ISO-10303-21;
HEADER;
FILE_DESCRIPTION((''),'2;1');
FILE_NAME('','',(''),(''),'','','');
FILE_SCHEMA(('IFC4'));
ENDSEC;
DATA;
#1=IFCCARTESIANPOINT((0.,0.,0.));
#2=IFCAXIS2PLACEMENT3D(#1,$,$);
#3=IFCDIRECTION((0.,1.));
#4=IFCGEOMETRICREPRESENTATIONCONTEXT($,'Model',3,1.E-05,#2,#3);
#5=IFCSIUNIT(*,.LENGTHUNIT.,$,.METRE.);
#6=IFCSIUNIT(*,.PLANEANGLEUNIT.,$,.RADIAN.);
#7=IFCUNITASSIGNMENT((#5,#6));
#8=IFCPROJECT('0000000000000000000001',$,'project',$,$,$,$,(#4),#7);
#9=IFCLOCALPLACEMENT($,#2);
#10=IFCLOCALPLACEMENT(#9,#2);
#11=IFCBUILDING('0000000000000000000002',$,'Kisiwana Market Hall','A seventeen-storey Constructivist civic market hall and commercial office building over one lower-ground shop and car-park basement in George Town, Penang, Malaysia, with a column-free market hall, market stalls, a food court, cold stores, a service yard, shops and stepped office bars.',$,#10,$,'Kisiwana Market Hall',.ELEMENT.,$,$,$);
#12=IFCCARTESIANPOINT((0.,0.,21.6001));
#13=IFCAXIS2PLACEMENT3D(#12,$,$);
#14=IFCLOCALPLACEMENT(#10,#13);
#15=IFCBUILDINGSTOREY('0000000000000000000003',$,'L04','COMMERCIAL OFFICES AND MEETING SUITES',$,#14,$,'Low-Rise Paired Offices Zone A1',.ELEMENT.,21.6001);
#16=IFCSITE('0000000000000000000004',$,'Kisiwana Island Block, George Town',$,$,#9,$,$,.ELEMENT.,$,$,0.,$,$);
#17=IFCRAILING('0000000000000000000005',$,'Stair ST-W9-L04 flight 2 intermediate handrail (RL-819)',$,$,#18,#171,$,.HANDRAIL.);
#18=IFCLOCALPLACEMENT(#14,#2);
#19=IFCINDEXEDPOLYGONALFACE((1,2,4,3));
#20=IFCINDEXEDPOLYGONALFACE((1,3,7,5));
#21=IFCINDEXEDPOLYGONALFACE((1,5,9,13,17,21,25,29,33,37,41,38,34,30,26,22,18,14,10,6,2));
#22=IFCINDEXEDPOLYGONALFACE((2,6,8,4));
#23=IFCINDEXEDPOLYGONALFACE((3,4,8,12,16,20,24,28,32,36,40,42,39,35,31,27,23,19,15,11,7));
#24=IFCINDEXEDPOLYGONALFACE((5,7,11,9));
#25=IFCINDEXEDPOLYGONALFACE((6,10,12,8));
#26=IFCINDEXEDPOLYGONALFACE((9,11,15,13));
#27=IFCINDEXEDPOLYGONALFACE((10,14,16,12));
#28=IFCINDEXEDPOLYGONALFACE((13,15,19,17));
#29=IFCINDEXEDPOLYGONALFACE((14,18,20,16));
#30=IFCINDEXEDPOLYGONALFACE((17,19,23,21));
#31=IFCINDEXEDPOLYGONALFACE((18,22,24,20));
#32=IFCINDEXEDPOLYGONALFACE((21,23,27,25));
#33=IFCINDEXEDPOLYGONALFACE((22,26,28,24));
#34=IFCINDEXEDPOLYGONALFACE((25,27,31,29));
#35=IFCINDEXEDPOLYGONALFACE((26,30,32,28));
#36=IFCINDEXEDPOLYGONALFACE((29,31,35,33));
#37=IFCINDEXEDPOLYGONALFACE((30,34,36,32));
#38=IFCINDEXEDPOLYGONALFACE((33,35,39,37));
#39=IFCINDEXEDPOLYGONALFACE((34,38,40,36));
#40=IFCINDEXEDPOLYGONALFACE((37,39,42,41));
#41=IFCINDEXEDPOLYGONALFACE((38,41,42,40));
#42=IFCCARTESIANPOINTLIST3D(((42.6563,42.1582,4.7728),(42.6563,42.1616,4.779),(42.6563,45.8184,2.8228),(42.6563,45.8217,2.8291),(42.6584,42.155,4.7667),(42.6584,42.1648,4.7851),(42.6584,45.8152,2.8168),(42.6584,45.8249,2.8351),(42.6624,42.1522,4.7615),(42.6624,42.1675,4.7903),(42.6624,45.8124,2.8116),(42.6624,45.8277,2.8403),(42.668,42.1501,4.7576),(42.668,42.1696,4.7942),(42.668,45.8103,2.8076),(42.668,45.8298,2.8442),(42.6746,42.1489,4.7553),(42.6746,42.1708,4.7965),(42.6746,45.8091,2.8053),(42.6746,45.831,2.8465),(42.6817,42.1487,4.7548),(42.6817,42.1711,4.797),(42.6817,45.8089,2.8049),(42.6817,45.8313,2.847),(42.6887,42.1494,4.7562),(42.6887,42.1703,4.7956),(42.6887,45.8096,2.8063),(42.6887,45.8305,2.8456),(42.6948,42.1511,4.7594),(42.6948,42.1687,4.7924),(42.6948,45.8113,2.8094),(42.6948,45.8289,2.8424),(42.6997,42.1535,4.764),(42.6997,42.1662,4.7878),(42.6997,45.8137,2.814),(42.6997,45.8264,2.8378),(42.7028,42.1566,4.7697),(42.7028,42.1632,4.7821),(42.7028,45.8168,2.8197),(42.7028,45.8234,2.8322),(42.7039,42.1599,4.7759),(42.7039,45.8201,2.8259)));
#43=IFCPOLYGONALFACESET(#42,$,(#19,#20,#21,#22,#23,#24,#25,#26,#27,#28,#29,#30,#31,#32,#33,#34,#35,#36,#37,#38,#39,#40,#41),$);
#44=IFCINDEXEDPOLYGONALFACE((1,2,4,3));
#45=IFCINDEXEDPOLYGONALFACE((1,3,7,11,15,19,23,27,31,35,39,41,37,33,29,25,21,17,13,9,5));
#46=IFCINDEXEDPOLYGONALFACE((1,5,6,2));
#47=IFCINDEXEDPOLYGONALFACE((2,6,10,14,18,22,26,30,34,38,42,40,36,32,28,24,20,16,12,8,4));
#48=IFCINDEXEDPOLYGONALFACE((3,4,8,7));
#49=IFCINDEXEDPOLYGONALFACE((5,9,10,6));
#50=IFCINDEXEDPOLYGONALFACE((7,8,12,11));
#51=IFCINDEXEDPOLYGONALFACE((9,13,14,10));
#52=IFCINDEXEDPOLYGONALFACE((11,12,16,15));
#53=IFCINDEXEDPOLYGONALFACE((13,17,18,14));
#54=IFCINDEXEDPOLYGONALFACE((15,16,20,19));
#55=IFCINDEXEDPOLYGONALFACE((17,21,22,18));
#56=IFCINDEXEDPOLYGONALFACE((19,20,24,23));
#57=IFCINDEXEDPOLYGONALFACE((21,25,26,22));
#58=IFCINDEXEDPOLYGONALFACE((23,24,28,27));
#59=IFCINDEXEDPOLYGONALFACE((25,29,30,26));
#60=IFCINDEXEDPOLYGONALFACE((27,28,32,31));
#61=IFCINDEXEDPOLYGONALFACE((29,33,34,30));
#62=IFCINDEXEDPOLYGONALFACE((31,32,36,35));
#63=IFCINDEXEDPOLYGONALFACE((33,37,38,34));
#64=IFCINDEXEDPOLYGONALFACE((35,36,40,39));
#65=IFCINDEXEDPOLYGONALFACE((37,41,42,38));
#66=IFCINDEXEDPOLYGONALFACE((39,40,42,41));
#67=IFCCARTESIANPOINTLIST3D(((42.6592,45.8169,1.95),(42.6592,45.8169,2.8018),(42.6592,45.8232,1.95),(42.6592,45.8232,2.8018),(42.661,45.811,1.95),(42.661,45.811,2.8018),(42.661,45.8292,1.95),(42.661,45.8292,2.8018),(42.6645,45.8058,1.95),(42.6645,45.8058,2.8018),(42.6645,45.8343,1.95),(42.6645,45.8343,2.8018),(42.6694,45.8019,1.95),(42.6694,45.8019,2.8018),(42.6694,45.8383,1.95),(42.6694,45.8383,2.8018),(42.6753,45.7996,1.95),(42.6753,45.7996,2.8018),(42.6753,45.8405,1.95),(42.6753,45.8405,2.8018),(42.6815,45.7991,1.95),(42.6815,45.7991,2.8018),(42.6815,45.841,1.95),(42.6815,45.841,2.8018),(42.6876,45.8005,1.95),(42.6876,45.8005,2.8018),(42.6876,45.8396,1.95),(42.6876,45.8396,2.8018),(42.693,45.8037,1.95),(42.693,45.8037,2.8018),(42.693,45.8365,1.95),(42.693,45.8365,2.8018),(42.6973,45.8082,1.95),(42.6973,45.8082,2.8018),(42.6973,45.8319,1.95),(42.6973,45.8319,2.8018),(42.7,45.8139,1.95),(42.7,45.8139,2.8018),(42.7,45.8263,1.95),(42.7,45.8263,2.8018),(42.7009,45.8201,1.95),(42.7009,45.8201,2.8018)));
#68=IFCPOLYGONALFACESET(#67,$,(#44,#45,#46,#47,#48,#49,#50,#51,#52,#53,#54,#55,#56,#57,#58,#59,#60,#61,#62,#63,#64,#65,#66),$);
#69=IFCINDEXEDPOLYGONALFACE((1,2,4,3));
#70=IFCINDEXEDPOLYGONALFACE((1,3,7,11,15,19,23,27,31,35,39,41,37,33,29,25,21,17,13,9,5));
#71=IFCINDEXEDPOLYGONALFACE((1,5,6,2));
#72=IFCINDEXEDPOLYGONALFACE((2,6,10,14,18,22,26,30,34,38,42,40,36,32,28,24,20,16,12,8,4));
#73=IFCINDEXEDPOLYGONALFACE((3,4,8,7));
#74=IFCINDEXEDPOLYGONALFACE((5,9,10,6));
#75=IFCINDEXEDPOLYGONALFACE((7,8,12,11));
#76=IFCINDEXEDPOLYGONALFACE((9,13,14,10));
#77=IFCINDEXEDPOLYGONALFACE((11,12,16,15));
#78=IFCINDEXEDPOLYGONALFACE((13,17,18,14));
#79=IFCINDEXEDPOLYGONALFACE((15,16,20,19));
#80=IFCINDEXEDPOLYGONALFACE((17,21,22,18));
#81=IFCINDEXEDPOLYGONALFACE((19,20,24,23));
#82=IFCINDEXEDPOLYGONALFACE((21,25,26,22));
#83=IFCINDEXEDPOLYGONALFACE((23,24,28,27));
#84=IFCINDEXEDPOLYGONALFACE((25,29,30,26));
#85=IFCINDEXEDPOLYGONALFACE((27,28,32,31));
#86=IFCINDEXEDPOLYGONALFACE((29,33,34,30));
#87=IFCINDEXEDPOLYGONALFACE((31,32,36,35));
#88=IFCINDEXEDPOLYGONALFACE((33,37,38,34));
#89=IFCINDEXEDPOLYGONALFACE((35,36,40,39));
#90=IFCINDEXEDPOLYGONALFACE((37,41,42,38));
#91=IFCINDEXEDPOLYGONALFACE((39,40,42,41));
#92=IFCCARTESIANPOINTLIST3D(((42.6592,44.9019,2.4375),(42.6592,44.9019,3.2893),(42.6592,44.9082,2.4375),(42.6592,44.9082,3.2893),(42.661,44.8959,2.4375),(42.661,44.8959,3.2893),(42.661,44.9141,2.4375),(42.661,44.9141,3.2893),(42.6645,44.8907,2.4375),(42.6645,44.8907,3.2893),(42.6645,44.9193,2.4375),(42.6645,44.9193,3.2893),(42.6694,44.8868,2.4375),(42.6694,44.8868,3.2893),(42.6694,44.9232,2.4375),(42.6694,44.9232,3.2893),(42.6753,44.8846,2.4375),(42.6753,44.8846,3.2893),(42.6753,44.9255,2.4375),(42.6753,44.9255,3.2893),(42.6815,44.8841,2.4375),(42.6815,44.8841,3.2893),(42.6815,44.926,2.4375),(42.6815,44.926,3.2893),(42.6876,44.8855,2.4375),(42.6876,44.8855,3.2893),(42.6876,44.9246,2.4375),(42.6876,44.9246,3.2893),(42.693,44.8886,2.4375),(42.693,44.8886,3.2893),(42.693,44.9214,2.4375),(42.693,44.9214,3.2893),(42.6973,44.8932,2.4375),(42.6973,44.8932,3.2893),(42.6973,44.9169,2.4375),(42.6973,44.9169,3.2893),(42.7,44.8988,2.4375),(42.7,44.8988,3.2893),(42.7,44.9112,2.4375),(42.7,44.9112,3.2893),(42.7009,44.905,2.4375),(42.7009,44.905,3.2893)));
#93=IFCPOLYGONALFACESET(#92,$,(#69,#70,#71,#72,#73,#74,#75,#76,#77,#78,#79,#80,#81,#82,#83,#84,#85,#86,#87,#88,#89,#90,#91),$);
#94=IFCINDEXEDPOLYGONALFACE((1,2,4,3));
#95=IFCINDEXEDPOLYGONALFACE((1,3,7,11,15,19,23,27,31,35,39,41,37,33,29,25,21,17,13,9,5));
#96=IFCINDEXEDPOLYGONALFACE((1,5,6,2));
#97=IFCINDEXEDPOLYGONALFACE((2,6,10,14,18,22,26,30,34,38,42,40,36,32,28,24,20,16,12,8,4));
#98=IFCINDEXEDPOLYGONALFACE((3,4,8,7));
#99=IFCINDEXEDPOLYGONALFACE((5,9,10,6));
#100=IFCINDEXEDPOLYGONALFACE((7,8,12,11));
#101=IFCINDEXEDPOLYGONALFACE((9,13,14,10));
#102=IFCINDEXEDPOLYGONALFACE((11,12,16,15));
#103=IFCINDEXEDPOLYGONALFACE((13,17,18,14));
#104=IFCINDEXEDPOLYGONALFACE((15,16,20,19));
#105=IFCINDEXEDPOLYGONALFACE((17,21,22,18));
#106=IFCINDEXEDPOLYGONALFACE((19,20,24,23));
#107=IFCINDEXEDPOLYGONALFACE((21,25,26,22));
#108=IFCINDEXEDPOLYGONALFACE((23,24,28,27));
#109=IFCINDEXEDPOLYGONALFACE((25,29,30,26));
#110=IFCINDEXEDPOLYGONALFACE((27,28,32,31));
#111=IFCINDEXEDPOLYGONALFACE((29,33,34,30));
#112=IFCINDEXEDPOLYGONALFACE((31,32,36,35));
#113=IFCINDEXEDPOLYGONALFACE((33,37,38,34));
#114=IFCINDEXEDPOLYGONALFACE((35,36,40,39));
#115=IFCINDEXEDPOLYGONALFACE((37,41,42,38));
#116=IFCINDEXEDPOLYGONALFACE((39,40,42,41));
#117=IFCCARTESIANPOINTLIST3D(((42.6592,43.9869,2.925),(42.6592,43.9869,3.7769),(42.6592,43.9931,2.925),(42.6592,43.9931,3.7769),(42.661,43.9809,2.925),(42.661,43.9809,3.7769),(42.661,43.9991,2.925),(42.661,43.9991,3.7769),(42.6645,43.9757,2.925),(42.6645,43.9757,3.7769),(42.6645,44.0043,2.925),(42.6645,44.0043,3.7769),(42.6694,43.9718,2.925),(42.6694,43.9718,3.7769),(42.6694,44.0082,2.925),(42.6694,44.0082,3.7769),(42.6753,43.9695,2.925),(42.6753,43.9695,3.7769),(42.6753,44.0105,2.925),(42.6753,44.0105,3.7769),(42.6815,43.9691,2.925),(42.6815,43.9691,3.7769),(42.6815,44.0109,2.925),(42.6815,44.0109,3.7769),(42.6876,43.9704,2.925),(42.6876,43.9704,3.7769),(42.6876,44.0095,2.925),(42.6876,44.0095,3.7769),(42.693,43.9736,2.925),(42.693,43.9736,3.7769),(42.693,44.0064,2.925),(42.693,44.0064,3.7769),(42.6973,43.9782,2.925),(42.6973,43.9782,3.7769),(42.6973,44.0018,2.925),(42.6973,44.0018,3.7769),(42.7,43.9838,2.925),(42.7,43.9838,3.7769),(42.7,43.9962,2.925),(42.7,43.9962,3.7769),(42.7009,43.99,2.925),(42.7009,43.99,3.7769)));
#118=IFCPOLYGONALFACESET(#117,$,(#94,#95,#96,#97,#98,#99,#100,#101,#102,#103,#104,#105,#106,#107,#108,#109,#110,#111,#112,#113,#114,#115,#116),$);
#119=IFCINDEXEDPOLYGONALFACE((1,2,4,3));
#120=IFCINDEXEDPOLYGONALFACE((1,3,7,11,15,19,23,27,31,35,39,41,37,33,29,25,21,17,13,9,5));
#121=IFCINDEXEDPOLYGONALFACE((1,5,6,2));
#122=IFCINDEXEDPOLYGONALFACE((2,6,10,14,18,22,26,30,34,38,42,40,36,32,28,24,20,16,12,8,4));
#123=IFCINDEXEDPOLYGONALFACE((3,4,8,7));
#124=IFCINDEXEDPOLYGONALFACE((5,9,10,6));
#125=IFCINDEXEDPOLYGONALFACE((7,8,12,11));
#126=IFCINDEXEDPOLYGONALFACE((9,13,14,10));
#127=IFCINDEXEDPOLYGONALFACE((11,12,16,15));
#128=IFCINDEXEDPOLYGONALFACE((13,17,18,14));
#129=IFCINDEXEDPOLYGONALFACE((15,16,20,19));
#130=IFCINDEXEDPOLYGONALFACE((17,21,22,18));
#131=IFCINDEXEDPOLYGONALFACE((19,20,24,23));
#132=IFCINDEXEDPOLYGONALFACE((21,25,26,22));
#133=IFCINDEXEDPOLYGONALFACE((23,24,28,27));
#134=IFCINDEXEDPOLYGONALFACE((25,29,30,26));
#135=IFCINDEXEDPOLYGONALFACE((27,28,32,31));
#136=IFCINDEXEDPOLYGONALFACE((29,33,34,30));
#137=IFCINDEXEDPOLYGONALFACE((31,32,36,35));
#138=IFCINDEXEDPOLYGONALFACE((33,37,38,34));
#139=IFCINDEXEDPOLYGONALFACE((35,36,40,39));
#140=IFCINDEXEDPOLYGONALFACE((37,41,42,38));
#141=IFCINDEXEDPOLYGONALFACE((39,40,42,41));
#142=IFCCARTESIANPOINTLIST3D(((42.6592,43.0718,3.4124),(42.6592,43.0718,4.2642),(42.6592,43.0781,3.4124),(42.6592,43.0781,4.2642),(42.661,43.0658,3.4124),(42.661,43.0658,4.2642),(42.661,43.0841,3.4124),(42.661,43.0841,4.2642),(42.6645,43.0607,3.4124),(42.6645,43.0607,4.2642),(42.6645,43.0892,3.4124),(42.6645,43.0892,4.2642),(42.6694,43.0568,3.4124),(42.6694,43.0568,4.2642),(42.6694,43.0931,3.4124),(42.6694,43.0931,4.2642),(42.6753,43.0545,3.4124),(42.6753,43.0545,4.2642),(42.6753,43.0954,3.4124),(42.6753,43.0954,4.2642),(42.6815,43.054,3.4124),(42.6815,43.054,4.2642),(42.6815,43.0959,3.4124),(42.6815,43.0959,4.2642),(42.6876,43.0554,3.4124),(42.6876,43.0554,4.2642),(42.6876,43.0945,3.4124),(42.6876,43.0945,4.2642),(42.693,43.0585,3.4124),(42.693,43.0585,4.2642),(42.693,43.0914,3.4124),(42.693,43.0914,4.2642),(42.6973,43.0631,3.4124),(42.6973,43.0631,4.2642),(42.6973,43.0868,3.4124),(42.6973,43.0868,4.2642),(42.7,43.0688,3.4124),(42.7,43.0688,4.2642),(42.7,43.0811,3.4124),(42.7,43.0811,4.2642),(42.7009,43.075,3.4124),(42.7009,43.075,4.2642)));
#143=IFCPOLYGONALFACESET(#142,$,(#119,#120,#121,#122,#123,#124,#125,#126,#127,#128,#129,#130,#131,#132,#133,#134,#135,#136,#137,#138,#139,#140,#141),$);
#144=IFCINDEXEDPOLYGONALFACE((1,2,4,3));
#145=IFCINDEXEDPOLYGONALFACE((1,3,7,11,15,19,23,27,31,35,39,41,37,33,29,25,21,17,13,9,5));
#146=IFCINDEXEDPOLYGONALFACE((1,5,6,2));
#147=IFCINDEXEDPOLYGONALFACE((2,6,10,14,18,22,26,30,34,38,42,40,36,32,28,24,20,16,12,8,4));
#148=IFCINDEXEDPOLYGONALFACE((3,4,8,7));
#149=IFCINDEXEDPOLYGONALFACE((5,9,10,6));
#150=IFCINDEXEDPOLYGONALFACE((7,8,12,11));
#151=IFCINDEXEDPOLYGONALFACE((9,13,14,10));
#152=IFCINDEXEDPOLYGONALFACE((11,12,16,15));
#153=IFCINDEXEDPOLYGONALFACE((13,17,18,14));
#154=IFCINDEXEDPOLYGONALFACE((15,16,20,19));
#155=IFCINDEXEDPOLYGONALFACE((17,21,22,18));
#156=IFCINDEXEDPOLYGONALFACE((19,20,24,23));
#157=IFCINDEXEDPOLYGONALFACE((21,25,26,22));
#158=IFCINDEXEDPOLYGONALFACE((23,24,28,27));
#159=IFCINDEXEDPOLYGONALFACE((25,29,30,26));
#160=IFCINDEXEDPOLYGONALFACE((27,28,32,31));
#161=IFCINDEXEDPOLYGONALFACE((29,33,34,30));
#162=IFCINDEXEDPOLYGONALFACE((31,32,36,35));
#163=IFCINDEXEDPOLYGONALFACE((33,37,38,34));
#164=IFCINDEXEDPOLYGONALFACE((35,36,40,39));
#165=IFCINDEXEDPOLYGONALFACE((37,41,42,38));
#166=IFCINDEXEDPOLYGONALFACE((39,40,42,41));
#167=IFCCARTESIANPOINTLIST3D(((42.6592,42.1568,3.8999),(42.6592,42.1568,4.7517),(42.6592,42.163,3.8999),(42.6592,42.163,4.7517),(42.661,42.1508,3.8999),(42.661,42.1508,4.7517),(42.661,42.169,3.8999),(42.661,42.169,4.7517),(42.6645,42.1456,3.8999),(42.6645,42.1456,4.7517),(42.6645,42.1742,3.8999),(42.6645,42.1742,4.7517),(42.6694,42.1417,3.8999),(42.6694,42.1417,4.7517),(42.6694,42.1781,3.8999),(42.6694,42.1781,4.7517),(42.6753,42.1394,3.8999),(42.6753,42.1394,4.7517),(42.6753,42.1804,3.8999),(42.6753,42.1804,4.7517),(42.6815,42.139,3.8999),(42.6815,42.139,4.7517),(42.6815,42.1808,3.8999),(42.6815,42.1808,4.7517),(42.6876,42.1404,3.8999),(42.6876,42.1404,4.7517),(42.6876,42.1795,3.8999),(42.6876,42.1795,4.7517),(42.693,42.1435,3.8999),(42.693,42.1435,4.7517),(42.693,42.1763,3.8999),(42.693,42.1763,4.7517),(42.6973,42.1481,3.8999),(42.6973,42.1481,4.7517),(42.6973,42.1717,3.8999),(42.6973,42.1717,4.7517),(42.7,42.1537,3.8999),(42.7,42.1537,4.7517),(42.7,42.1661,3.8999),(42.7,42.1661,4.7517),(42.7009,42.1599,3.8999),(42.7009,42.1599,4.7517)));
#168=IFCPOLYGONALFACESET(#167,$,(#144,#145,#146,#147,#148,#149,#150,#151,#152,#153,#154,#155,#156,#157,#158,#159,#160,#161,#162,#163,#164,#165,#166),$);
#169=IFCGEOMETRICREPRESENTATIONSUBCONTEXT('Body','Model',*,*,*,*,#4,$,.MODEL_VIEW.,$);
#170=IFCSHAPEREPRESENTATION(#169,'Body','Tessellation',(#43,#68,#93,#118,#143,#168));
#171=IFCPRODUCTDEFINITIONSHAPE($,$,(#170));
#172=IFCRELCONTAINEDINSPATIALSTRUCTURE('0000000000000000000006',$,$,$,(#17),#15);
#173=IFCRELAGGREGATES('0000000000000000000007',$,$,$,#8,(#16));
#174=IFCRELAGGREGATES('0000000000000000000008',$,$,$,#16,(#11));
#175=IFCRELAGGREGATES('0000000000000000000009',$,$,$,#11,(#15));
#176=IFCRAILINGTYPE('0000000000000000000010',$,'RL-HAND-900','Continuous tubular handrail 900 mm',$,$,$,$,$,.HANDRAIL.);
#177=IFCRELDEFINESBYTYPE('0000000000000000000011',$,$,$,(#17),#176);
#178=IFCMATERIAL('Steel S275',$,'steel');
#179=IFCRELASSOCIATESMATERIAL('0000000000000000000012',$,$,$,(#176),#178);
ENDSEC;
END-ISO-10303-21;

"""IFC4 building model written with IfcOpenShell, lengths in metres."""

from ifc_helpers import new_model, si_unit, direction, frame, origin, origin_2d, place, context, subcontext, project, spatial, circle, extrude, material, type_object, element, save


model = new_model("IFC4")

# Units and contexts
model_context = context("Model", 3, precision=1e-05, world=origin(), true_north=direction((0.0, 1.0)))
body_context = subcontext(model_context, "Body", "Model", "MODEL_VIEW")
ifc_project = project(units=[si_unit("LENGTHUNIT", "METRE"), si_unit("PLANEANGLEUNIT", "RADIAN")], contexts=[model_context])

# Site, building, storey
site_placement = place(None, origin())
site = spatial("IfcSite", under=ifc_project, at=site_placement, Name="Kisiwana Island Block, George Town", CompositionType="ELEMENT", RefElevation=0.0)
building_placement = place(site_placement, origin())
building = spatial("IfcBuilding", under=site, at=building_placement, Name="Kisiwana Market Hall", Description="A seventeen-storey Constructivist civic market hall and commercial office building over one lower-ground shop and car-park basement in George Town, Penang, Malaysia, with a column-free market hall, market stalls, a food court, cold stores, a service yard, shops and stepped office bars.", LongName="Kisiwana Market Hall", CompositionType="ELEMENT")
storey_placement = place(building_placement, frame((0.0, 0.0, 21.6001)))
storey = spatial("IfcBuildingStorey", under=building, at=storey_placement, Name="L04", Description="COMMERCIAL OFFICES AND MEETING SUITES", LongName="Low-Rise Paired Offices Zone A1", CompositionType="ELEMENT", Elevation=21.6001)

# Railing
ifc_material_1 = material(Name="Steel S275", Category="steel")
railing_type_1 = type_object("IfcRailingType", Name="RL-HAND-900", Description="Continuous tubular handrail 900 mm", PredefinedType="HANDRAIL", material=ifc_material_1)
for number, where, name in (
    (1, (42.6799, 45.8201, 1.95), "Stair ST-W9-L04 flight 2 intermediate handrail (RL-819)"),
):
    element("IfcRailing", number, at=place(storey_placement, frame(where)), inside=storey, type_object=railing_type_1, Name=name, PredefinedType="HANDRAIL", context=body_context, shape_type="SweptSolid", body=[
        extrude(circle(Radius=0.0239, at=origin_2d()), frame((0.0, 0.0, 0.876), z_axis=(0.0, -0.882566, 0.470188), x_axis=(1.0, 0.0, 0.0)), (0.0, 0.0, 1.0), 4.1472),
        extrude(circle(Radius=0.021, at=origin_2d()), origin(), (0.0, 0.0, 1.0), 0.8518),
        extrude(circle(Radius=0.021, at=origin_2d()), frame((0.0, -0.915, 0.4875)), (0.0, 0.0, 1.0), 0.8518),
        extrude(circle(Radius=0.021, at=origin_2d()), frame((0.0, -1.8301, 0.9751)), (0.0, 0.0, 1.0), 0.8518),
        extrude(circle(Radius=0.021, at=origin_2d()), frame((0.0, -2.7451, 1.4624)), (0.0, 0.0, 1.0), 0.8518),
        extrude(circle(Radius=0.021, at=origin_2d()), frame((0.0, -3.6602, 1.95)), (0.0, 0.0, 1.0), 0.8518),
    ])

save(model, "model.ifc")
